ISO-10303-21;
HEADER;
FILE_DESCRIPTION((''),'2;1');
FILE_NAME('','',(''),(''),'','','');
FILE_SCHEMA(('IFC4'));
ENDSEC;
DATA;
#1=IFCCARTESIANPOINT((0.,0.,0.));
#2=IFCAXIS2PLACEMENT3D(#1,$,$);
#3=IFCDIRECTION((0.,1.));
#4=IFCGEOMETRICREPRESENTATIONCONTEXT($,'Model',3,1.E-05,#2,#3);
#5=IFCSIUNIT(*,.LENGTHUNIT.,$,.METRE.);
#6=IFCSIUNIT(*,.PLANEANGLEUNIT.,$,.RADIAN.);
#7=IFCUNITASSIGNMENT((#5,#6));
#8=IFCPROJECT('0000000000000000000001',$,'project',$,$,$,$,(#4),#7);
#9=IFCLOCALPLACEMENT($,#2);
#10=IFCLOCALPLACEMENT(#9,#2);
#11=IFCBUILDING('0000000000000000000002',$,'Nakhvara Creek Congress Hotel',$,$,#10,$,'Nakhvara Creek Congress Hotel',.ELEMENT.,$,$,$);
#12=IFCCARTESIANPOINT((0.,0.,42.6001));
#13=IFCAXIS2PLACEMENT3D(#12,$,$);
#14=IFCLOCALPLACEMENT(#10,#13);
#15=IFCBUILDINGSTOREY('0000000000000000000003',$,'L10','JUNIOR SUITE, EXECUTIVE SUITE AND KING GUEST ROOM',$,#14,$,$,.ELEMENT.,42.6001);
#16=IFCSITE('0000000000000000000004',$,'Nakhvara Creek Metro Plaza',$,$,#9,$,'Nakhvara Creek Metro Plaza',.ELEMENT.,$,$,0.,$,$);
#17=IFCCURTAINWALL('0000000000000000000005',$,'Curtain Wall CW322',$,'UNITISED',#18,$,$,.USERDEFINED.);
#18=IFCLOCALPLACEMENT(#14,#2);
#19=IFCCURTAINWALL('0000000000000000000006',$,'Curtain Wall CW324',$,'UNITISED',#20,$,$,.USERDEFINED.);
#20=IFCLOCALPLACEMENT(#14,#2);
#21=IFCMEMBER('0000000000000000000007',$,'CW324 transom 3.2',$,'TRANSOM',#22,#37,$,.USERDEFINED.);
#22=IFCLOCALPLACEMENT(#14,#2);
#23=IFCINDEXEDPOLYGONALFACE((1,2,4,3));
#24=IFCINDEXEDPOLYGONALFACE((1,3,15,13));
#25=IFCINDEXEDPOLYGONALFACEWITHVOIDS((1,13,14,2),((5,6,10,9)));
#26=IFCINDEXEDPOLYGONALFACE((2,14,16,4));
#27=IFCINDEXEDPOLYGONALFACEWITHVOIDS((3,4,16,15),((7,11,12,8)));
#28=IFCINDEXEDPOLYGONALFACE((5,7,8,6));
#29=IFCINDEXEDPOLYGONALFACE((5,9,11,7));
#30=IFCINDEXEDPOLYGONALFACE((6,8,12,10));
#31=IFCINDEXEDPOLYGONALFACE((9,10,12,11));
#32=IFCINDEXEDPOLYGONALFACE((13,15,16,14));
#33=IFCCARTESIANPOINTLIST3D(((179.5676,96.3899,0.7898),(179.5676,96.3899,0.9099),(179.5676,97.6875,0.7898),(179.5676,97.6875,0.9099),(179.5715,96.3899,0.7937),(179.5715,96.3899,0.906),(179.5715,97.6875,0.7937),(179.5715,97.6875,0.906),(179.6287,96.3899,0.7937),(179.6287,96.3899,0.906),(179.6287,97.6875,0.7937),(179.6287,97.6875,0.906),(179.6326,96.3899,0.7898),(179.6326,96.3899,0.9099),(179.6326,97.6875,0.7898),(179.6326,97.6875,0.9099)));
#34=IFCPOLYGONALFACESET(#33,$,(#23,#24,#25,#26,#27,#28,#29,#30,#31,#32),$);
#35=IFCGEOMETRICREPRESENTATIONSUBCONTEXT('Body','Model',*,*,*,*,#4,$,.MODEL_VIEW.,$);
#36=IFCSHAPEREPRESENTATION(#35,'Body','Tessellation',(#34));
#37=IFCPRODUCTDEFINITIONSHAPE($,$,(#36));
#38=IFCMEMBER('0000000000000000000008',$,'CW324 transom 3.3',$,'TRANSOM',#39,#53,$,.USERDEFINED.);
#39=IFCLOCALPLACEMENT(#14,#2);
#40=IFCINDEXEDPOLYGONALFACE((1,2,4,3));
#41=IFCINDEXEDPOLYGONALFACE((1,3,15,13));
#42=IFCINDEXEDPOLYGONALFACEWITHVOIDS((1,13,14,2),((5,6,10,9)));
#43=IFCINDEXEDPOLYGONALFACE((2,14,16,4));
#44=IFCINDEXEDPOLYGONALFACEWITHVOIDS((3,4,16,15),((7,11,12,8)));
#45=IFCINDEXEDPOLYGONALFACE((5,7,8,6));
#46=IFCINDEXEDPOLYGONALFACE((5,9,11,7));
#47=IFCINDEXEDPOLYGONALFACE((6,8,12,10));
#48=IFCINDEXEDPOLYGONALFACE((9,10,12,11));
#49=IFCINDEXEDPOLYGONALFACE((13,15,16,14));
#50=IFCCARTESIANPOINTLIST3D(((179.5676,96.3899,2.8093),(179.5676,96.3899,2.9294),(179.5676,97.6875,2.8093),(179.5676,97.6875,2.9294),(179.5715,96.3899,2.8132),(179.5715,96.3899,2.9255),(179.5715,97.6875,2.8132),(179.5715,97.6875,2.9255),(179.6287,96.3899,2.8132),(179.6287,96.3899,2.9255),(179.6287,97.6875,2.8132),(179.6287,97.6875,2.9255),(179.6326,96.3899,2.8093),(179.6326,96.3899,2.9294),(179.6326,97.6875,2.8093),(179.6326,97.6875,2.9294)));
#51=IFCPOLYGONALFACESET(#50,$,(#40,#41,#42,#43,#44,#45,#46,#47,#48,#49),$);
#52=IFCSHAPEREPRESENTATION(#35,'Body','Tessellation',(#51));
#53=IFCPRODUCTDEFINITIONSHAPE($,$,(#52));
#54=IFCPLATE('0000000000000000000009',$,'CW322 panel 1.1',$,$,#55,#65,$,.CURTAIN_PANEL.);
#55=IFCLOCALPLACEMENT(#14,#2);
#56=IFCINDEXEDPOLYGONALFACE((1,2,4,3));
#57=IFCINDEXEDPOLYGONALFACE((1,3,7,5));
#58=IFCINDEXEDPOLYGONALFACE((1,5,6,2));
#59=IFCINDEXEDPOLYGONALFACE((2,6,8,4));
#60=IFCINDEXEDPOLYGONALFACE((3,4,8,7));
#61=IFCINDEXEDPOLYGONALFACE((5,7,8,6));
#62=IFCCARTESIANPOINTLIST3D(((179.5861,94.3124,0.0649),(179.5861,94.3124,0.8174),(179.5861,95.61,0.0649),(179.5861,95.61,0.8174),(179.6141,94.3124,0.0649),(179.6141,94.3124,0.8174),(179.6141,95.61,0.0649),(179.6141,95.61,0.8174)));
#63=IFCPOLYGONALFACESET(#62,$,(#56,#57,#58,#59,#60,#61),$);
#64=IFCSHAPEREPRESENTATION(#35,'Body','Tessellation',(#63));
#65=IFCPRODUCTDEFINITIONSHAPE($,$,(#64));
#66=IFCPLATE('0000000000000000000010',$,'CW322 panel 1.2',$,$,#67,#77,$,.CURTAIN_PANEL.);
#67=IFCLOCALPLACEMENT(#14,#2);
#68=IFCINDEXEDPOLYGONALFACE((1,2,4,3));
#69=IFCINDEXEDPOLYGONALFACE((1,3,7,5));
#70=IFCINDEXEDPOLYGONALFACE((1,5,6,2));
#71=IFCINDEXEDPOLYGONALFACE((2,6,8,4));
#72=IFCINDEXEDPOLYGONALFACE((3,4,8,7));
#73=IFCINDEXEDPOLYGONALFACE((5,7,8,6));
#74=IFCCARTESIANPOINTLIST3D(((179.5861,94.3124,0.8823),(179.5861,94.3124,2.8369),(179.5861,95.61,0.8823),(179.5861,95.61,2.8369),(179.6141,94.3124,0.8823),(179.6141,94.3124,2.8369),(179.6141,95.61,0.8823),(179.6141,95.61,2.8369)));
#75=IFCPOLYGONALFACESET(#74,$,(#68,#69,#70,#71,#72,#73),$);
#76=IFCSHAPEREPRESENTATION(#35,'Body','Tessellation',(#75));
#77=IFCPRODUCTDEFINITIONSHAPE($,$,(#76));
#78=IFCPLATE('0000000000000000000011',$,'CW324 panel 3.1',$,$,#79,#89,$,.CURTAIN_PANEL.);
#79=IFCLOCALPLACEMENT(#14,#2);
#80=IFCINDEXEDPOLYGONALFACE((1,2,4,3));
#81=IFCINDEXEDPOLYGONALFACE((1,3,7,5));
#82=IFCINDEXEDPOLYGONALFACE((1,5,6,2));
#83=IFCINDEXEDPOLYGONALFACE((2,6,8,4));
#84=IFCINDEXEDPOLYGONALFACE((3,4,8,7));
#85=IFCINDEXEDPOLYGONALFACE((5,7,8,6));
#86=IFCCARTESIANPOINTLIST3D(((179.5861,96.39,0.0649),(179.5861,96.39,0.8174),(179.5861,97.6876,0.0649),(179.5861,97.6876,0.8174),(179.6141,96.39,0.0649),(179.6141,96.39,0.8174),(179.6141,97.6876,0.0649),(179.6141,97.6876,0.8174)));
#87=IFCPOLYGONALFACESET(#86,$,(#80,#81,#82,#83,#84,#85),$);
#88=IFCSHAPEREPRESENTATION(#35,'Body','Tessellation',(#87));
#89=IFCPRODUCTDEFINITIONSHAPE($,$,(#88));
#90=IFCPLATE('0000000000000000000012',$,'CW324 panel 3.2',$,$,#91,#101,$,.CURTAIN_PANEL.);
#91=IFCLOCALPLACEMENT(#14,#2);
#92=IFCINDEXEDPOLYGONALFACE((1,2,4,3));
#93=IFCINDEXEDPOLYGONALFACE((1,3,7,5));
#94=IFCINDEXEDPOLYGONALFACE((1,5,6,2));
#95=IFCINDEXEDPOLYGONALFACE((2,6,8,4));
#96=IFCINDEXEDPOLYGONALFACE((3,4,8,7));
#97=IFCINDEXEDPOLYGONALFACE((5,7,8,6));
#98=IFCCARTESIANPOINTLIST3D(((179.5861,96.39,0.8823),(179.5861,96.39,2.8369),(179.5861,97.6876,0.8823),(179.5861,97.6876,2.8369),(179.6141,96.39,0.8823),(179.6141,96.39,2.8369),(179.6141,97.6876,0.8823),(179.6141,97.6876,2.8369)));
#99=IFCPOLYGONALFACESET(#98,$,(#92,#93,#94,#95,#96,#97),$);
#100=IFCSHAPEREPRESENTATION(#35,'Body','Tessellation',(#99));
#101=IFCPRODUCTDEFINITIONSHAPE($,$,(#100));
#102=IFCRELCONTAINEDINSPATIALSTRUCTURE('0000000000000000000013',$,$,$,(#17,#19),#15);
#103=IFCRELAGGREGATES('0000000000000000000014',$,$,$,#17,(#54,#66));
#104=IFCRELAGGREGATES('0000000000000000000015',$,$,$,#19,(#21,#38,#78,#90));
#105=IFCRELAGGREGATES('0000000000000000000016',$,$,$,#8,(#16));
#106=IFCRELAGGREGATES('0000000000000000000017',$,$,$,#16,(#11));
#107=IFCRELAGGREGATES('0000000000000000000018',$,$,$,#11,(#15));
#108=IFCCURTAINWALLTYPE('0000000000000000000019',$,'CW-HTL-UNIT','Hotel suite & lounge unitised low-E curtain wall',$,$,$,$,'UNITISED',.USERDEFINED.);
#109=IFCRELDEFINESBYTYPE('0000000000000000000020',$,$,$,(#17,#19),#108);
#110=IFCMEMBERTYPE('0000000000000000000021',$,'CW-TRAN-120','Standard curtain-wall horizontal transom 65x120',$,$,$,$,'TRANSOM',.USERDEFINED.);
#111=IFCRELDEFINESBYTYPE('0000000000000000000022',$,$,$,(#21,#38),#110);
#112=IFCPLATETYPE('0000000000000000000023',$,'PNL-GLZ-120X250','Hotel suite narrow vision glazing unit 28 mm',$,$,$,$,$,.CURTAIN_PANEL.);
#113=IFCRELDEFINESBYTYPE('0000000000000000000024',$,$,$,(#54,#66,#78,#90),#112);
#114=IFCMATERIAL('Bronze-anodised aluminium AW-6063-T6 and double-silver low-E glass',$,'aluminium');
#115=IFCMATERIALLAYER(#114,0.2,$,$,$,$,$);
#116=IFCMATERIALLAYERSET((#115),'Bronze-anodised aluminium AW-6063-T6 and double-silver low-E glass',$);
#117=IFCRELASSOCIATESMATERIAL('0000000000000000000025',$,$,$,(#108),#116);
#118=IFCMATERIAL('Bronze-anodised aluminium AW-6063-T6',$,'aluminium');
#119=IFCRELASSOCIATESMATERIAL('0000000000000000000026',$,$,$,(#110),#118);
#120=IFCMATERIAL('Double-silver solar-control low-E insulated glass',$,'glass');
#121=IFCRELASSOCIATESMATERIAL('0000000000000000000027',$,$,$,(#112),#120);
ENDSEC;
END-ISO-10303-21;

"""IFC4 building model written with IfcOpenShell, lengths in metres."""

from ifc_helpers import new_model, si_unit, direction, frame, origin, origin_2d, place, context, subcontext, project, spatial, rectangle, hollow_rectangle, extrude, material, layer, layer_set, material_profile, profile_set, type_object, element, aggregate, save


model = new_model("IFC4")

# Units and contexts
model_context = context("Model", 3, precision=1e-05, world=origin(), true_north=direction((0.0, 1.0)))
body_context = subcontext(model_context, "Body", "Model", "MODEL_VIEW")
ifc_project = project(units=[si_unit("LENGTHUNIT", "METRE"), si_unit("PLANEANGLEUNIT", "RADIAN")], contexts=[model_context])

# Site, building, storey
site_placement = place(None, origin())
site = spatial("IfcSite", under=ifc_project, at=site_placement, Name="Nakhvara Creek Metro Plaza", LongName="Nakhvara Creek Metro Plaza", CompositionType="ELEMENT", RefElevation=0.0)
building_placement = place(site_placement, origin())
building = spatial("IfcBuilding", under=site, at=building_placement, Name="Nakhvara Creek Congress Hotel", LongName="Nakhvara Creek Congress Hotel", CompositionType="ELEMENT")
storey_placement = place(building_placement, frame((0.0, 0.0, 42.6001)))
storey = spatial("IfcBuildingStorey", under=building, at=storey_placement, Name="L10", Description="JUNIOR SUITE, EXECUTIVE SUITE AND KING GUEST ROOM", CompositionType="ELEMENT", Elevation=42.6001)

# Curtain wall
ifc_material_1 = material(Name="Bronze-anodised aluminium AW-6063-T6 and double-silver low-E glass", Category="aluminium")
ifc_layer = layer(ifc_material_1, 0.2)
ifc_layer_set = layer_set([ifc_layer], Name="Bronze-anodised aluminium AW-6063-T6 and double-silver low-E glass")
curtain_wall_type = type_object("IfcCurtainWallType", Name="CW-HTL-UNIT", Description="Hotel suite & lounge unitised low-E curtain wall", ElementType="UNITISED", PredefinedType="USERDEFINED", material=ifc_layer_set)
curtain_wall_1_placement = place(storey_placement, origin())
curtain_wall_1 = element("IfcCurtainWall", 1, at=curtain_wall_1_placement, inside=storey, type_object=curtain_wall_type, Name="Curtain Wall CW322", ObjectType="UNITISED", PredefinedType="USERDEFINED")
ifc_material_2 = material(Name="Bronze-anodised aluminium AW-6063-T6", Category="aluminium")

# Curtain wall
curtain_wall_2_placement = place(storey_placement, origin())
curtain_wall_2 = element("IfcCurtainWall", 2, at=curtain_wall_2_placement, inside=storey, type_object=curtain_wall_type, Name="Curtain Wall CW324", ObjectType="UNITISED", PredefinedType="USERDEFINED")

# Members
ifc_material_profile_1 = material_profile(ifc_material_2, hollow_rectangle(XDim=0.0649, YDim=0.1201, WallThickness=0.0039, at=origin_2d()), Name="ALU-TRAN 65x120x4", Category="LoadBearing")
ifc_profile_set_1 = profile_set([ifc_material_profile_1], Name="Bronze-anodised aluminium AW-6063-T6")
member_type_1 = type_object("IfcMemberType", Name="CW-TRAN-120", Description="Standard curtain-wall horizontal transom 65x120", ElementType="TRANSOM", PredefinedType="USERDEFINED", material=ifc_profile_set_1)
member_1_placement = place(storey_placement, frame((179.6001, 97.6875, 0.8499), z_axis=(0.0, -1.0, 0.0), x_axis=(1.0, 0.0, 0.0)))
member_1 = element("IfcMember", 3, at=member_1_placement, type_object=member_type_1, Name="CW324 transom 3.2", ObjectType="TRANSOM", PredefinedType="USERDEFINED", context=body_context, shape_type="SweptSolid", body=[
    extrude(hollow_rectangle(XDim=0.0649, YDim=0.1201, WallThickness=0.0039, at=origin_2d()), origin(), (0.0, 0.0, 1.0), 1.2976),
])
member_2_placement = place(storey_placement, frame((179.6001, 97.6875, 2.8694), z_axis=(0.0, -1.0, 0.0), x_axis=(1.0, 0.0, 0.0)))
member_2 = element("IfcMember", 4, at=member_2_placement, type_object=member_type_1, Name="CW324 transom 3.3", ObjectType="TRANSOM", PredefinedType="USERDEFINED", context=body_context, shape_type="SweptSolid", body=[
    extrude(hollow_rectangle(XDim=0.0649, YDim=0.1201, WallThickness=0.0039, at=origin_2d()), origin(), (0.0, 0.0, 1.0), 1.2976),
])

# Plates
ifc_material_3 = material(Name="Double-silver solar-control low-E insulated glass", Category="glass")
plate_type = type_object("IfcPlateType", Name="PNL-GLZ-120X250", Description="Hotel suite narrow vision glazing unit 28 mm", PredefinedType="CURTAIN_PANEL", material=ifc_material_3)
plate_1_placement = place(storey_placement, frame((179.6001, 94.9612, 0.0649), z_axis=(0.0, 0.0, 1.0), x_axis=(0.0, -1.0, 0.0)))
plate_1 = element("IfcPlate", 5, at=plate_1_placement, type_object=plate_type, Name="CW322 panel 1.1", PredefinedType="CURTAIN_PANEL", context=body_context, shape_type="SweptSolid", body=[
    extrude(rectangle(XDim=1.2976, YDim=0.0281, at=origin_2d()), origin(), (0.0, 0.0, 1.0), 0.7524),
])
plate_2_placement = place(storey_placement, frame((179.6001, 94.9612, 0.8823), z_axis=(0.0, 0.0, 1.0), x_axis=(0.0, -1.0, 0.0)))
plate_2 = element("IfcPlate", 6, at=plate_2_placement, type_object=plate_type, Name="CW322 panel 1.2", PredefinedType="CURTAIN_PANEL", context=body_context, shape_type="SweptSolid", body=[
    extrude(rectangle(XDim=1.2976, YDim=0.0281, at=origin_2d()), origin(), (0.0, 0.0, 1.0), 1.9546),
])
aggregate(curtain_wall_1, [plate_1, plate_2])
plate_3_placement = place(storey_placement, frame((179.6001, 97.0388, 0.0649), z_axis=(0.0, 0.0, 1.0), x_axis=(0.0, -1.0, 0.0)))
plate_3 = element("IfcPlate", 7, at=plate_3_placement, type_object=plate_type, Name="CW324 panel 3.1", PredefinedType="CURTAIN_PANEL", context=body_context, shape_type="SweptSolid", body=[
    extrude(rectangle(XDim=1.2976, YDim=0.0281, at=origin_2d()), origin(), (0.0, 0.0, 1.0), 0.7524),
])
plate_4_placement = place(storey_placement, frame((179.6001, 97.0388, 0.8823), z_axis=(0.0, 0.0, 1.0), x_axis=(0.0, -1.0, 0.0)))
plate_4 = element("IfcPlate", 8, at=plate_4_placement, type_object=plate_type, Name="CW324 panel 3.2", PredefinedType="CURTAIN_PANEL", context=body_context, shape_type="SweptSolid", body=[
    extrude(rectangle(XDim=1.2976, YDim=0.0281, at=origin_2d()), origin(), (0.0, 0.0, 1.0), 1.9546),
])
aggregate(curtain_wall_2, [member_1, member_2, plate_3, plate_4])

save(model, "model.ifc")
